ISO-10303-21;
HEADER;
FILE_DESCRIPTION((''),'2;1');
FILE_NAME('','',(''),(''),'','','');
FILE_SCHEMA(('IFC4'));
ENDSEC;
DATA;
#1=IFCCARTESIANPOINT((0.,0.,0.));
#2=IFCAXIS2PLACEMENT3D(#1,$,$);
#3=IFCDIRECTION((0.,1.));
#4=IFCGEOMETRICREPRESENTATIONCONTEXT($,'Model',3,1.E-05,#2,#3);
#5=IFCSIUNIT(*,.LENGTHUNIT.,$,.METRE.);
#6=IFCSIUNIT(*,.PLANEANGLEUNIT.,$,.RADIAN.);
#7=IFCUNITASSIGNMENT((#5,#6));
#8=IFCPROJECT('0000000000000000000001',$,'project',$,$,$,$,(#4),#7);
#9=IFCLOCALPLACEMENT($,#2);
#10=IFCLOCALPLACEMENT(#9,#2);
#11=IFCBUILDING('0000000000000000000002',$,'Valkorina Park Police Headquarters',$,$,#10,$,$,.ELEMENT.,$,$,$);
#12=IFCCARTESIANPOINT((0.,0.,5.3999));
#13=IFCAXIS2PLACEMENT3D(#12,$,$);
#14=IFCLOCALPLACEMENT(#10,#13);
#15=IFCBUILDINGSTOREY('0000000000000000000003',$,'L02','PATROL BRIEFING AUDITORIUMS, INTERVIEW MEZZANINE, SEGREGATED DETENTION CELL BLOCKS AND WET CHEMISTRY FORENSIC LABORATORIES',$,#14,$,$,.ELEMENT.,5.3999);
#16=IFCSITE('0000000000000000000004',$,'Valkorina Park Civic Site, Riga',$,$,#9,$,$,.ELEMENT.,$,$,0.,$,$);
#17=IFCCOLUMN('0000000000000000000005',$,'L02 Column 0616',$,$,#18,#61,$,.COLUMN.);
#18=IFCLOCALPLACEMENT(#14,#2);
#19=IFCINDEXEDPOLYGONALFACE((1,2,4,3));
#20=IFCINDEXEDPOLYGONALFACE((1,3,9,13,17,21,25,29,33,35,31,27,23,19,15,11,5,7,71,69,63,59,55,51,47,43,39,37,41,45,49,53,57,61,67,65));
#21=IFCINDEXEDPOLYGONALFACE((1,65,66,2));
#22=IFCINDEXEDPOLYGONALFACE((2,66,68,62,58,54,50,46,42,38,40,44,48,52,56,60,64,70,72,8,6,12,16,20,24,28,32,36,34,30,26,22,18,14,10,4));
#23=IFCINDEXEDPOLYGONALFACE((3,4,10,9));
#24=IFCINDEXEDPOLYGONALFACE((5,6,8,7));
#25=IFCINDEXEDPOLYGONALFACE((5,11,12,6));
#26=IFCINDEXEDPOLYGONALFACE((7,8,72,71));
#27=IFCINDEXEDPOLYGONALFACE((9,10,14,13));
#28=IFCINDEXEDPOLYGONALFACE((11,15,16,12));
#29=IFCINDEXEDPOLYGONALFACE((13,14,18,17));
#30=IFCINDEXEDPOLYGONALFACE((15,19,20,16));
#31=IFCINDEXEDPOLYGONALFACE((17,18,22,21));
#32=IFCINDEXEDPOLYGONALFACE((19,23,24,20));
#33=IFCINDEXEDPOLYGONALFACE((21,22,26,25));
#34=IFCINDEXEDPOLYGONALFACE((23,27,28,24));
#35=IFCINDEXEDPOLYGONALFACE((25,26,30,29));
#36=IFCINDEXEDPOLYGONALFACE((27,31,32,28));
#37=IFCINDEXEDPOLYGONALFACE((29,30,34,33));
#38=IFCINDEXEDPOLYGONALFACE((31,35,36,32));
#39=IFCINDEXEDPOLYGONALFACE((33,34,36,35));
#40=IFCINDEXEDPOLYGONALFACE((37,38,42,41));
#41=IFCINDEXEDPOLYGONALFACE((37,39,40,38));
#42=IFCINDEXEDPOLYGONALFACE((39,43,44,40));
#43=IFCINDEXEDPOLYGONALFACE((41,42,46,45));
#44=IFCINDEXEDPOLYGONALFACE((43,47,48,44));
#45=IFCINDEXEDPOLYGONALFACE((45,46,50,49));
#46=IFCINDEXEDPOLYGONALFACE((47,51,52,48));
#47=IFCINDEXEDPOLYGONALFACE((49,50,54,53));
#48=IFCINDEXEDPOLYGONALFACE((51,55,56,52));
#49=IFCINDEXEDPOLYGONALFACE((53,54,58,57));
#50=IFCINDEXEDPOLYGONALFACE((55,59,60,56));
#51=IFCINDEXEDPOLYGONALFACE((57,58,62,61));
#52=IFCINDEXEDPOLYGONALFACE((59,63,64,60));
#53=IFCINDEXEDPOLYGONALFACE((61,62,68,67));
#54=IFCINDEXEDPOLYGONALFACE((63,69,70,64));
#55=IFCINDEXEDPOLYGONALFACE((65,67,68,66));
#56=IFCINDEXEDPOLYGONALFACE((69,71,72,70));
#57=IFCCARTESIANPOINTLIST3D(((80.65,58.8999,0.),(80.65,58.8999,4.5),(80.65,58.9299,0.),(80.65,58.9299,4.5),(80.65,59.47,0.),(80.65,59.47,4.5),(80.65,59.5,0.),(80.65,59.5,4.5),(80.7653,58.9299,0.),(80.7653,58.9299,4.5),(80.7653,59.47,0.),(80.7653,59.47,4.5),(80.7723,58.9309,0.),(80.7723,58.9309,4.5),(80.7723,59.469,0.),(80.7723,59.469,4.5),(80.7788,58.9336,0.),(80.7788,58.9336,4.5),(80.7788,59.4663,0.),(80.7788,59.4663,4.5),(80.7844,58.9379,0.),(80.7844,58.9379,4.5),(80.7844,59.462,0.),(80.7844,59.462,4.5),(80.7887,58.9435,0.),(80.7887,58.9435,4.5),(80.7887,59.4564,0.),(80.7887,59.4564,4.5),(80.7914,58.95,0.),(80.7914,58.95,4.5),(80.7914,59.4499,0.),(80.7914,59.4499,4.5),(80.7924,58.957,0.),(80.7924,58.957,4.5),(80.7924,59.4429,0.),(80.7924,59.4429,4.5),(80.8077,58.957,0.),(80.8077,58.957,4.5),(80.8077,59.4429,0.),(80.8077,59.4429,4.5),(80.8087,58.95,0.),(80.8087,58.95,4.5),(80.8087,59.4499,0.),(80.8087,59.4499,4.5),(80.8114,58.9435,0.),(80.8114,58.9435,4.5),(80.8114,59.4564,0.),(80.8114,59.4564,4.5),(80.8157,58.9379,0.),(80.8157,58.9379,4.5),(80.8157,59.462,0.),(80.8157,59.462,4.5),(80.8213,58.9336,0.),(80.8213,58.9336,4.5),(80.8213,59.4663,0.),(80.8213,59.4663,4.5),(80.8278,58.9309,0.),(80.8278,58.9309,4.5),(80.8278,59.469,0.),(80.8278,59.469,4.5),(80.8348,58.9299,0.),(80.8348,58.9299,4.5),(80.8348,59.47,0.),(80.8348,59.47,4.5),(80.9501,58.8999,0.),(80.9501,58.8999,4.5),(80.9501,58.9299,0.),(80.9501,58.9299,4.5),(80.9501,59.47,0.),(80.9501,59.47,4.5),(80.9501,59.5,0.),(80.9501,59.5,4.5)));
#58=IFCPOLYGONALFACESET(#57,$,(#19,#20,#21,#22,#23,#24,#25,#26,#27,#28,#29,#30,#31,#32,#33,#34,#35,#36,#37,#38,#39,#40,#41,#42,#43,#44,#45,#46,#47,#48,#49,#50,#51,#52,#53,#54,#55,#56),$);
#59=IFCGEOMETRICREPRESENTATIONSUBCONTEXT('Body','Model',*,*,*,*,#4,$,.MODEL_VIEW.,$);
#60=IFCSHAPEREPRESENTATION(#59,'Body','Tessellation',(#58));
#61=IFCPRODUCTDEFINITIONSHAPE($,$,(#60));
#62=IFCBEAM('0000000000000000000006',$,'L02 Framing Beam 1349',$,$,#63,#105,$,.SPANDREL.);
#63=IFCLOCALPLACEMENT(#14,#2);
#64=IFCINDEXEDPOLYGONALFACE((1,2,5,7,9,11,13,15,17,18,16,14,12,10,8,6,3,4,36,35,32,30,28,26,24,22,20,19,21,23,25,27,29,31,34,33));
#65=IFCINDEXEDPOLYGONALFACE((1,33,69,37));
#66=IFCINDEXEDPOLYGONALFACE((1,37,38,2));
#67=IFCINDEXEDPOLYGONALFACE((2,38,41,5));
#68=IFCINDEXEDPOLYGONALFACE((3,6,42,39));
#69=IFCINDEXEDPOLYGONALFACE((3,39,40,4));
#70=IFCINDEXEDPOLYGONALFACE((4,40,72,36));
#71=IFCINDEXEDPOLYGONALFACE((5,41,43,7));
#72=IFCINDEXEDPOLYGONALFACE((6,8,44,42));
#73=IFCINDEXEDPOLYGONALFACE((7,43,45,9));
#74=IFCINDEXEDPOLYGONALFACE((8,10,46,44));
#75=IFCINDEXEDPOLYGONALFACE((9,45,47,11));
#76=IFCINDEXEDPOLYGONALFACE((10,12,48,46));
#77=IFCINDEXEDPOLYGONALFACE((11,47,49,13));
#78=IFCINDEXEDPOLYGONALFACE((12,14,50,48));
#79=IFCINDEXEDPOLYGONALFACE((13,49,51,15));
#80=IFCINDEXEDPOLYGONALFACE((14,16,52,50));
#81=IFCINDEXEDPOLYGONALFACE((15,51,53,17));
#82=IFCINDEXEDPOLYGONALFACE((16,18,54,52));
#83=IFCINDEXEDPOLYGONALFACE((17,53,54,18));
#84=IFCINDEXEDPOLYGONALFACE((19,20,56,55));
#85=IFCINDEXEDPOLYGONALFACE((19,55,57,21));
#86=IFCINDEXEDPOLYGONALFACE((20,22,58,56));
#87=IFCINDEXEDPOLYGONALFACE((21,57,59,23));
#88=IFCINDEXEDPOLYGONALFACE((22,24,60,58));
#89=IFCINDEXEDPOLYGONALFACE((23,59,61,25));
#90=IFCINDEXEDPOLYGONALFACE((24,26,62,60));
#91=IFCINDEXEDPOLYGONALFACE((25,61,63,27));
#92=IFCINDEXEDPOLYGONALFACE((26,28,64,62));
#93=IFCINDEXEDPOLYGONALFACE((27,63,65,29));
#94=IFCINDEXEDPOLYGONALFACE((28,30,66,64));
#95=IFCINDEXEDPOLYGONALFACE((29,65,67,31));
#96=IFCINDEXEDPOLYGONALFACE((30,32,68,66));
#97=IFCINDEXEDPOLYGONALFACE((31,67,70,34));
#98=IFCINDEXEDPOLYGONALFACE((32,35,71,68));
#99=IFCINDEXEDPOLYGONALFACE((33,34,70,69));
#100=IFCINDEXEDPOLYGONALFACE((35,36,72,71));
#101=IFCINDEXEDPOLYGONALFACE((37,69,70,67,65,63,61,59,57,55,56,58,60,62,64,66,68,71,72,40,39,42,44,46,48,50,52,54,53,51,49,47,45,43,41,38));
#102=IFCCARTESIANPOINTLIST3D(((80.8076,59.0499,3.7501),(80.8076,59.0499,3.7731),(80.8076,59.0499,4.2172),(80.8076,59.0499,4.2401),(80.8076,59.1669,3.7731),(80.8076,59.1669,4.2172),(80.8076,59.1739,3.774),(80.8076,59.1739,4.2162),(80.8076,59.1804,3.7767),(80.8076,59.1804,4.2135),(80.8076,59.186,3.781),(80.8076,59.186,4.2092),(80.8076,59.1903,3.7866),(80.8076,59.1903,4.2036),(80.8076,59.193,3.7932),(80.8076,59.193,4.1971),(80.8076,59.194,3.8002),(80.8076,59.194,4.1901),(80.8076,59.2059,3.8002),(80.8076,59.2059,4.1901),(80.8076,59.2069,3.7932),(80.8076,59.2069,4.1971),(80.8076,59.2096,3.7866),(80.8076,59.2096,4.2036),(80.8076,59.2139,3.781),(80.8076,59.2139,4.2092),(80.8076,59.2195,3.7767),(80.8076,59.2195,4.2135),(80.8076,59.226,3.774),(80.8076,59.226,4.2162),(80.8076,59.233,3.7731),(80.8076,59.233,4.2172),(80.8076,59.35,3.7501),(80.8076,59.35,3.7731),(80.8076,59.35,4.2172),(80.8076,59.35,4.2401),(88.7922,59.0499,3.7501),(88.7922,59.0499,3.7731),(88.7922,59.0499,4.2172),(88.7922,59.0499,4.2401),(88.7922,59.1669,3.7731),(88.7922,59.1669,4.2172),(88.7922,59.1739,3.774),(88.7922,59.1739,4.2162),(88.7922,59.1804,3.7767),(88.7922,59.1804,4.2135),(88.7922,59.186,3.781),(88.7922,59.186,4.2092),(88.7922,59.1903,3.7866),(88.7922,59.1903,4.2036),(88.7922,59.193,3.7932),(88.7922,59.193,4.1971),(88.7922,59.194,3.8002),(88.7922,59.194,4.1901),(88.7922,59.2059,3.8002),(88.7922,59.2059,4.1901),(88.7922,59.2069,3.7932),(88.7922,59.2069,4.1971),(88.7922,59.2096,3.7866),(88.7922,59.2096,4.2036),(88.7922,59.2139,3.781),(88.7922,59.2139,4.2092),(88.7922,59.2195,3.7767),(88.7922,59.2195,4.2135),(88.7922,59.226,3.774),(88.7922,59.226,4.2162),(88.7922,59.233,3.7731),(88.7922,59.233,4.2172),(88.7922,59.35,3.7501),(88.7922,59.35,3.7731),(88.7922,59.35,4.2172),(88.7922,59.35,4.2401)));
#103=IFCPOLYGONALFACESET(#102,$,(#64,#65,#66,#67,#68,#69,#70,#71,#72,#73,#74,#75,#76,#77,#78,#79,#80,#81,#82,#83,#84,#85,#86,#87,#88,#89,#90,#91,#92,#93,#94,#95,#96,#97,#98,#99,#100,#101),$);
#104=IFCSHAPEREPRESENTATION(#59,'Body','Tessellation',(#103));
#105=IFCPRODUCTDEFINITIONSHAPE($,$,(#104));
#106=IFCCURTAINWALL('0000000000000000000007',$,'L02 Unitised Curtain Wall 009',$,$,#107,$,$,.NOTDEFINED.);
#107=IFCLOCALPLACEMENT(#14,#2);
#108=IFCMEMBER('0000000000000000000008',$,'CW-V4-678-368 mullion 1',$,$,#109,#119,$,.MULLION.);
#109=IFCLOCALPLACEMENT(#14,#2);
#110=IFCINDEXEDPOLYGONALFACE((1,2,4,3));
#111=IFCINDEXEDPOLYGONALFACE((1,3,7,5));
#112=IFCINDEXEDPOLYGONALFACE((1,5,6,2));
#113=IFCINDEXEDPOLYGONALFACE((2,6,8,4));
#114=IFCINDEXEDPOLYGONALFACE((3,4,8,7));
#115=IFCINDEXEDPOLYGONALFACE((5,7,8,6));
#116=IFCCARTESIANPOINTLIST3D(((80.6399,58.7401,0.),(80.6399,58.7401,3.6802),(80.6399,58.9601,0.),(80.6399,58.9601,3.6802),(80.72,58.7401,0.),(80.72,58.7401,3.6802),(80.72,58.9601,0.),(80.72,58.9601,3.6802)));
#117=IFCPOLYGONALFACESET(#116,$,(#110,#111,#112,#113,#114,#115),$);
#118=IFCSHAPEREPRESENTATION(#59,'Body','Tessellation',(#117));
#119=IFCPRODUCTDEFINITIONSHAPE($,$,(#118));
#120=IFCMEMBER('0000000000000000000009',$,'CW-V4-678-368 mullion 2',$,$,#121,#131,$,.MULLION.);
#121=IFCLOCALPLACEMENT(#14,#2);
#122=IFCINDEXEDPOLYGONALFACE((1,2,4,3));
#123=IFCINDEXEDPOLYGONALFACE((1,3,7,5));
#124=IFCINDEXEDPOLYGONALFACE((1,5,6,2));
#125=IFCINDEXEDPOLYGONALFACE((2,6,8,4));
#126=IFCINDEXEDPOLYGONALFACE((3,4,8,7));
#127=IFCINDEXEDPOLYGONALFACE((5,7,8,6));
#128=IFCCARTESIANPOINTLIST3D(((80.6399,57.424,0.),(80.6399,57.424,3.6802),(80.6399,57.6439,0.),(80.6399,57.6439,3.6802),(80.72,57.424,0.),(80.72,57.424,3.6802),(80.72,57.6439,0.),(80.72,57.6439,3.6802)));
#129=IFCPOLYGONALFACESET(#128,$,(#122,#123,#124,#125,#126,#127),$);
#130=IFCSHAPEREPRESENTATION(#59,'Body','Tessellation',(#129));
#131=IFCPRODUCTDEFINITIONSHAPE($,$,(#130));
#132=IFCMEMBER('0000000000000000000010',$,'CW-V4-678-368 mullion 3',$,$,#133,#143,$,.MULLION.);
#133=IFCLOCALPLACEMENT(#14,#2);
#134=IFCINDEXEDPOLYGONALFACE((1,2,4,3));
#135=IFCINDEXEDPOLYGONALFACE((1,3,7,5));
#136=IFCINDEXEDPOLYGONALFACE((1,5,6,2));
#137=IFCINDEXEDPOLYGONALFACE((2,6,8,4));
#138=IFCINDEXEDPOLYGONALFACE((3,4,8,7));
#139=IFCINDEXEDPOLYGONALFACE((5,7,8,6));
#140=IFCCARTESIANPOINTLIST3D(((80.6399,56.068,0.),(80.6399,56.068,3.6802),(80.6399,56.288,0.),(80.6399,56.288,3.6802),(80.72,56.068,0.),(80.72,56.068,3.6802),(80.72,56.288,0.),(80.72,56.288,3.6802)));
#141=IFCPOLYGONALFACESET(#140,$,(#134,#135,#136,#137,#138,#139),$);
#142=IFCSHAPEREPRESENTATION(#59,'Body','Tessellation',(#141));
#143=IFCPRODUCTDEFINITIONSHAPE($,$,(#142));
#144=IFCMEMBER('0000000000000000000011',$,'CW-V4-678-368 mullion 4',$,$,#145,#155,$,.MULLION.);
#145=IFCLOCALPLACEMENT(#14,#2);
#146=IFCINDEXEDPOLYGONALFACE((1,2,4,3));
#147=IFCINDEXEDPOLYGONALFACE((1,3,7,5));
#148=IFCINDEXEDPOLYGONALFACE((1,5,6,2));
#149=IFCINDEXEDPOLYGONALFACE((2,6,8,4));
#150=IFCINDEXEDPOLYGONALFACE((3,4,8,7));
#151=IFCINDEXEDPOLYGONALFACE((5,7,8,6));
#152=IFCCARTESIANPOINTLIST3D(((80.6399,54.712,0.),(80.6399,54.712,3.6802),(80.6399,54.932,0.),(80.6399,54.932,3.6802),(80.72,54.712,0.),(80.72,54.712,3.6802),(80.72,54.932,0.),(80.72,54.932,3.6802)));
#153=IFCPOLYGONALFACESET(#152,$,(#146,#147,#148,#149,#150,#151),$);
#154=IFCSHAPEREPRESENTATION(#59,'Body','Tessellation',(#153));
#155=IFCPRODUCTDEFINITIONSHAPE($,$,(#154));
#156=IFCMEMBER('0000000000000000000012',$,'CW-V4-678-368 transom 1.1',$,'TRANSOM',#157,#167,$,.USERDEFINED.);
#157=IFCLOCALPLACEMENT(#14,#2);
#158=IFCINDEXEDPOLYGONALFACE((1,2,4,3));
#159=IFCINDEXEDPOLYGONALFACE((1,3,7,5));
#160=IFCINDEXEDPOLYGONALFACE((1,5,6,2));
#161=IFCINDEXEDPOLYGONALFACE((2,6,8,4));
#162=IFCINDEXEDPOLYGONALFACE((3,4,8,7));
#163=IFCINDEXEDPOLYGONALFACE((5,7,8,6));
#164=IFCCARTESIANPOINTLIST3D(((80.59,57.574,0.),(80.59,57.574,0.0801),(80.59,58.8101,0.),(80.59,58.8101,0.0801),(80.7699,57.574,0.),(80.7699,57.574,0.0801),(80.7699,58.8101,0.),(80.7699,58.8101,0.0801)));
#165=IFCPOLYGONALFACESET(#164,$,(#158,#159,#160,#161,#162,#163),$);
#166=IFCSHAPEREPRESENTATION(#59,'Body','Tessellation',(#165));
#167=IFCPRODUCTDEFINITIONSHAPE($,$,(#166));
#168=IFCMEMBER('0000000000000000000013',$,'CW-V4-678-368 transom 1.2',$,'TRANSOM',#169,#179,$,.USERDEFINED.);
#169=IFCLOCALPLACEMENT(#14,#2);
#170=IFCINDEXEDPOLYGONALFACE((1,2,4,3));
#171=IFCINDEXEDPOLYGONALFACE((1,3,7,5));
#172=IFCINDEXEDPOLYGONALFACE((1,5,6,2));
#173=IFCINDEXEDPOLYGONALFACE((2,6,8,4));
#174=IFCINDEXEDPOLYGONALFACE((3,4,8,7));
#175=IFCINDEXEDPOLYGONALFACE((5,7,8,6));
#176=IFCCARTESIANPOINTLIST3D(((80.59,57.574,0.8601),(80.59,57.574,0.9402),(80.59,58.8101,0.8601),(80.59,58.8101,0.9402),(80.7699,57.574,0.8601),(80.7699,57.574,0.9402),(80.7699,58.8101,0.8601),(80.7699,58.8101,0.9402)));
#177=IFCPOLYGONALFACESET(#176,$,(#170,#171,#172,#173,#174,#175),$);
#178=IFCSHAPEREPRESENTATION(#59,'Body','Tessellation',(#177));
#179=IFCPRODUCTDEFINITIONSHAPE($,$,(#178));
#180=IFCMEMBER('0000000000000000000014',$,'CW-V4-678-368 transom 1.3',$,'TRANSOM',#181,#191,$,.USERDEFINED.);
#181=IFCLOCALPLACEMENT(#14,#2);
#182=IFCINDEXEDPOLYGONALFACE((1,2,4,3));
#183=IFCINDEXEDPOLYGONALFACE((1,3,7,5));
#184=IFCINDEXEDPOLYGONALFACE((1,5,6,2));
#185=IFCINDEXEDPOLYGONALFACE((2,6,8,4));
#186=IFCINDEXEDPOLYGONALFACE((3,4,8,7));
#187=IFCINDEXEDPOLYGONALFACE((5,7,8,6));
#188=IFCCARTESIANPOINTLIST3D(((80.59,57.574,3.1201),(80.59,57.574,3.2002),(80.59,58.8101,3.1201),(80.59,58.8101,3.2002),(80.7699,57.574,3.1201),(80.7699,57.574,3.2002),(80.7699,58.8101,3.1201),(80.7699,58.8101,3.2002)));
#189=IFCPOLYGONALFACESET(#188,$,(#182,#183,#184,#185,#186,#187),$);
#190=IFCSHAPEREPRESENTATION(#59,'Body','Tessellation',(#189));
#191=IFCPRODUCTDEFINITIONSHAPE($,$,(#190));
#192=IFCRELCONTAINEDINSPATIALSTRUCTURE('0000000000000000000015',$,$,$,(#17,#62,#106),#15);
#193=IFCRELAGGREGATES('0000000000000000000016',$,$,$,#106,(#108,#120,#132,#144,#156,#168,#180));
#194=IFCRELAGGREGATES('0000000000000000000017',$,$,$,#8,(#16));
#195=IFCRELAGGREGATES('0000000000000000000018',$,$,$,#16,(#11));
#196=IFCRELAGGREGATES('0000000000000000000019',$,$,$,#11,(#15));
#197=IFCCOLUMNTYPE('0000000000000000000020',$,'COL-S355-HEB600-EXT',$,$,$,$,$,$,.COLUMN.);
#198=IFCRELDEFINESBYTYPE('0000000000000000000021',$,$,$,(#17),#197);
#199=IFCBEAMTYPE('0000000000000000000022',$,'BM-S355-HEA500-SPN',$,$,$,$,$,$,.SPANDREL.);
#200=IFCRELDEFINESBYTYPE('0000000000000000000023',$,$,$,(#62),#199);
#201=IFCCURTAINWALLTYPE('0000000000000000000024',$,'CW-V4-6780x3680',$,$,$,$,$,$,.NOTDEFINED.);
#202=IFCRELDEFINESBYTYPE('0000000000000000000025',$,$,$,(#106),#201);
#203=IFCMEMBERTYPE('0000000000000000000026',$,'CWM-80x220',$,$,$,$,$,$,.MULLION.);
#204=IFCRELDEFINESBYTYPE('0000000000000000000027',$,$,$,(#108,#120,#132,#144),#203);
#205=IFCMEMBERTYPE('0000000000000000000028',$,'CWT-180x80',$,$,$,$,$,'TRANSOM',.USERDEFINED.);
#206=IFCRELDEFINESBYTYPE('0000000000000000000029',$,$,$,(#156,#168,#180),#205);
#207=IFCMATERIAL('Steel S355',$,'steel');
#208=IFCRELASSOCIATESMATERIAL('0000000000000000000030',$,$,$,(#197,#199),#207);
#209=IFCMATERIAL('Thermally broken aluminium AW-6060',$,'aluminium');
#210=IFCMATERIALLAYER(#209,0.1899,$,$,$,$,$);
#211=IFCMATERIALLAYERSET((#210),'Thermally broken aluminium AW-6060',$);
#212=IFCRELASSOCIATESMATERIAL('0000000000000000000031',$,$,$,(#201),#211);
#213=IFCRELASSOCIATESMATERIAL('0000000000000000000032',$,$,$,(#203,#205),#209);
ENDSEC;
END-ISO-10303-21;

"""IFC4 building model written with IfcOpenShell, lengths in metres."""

from ifc_helpers import new_model, si_unit, direction, frame, origin, origin_2d, place, context, subcontext, project, spatial, rectangle, i_section, extrude, material, layer, layer_set, material_profile, profile_set, type_object, element, aggregate, save


model = new_model("IFC4")

# Units and contexts
model_context = context("Model", 3, precision=1e-05, world=origin(), true_north=direction((0.0, 1.0)))
body_context = subcontext(model_context, "Body", "Model", "MODEL_VIEW")
ifc_project = project(units=[si_unit("LENGTHUNIT", "METRE"), si_unit("PLANEANGLEUNIT", "RADIAN")], contexts=[model_context])

# Site, building, storey
site_placement = place(None, origin())
site = spatial("IfcSite", under=ifc_project, at=site_placement, Name="Valkorina Park Civic Site, Riga", CompositionType="ELEMENT", RefElevation=0.0)
building_placement = place(site_placement, origin())
building = spatial("IfcBuilding", under=site, at=building_placement, Name="Valkorina Park Police Headquarters", CompositionType="ELEMENT")
storey_placement = place(building_placement, frame((0.0, 0.0, 5.3999)))
storey = spatial("IfcBuildingStorey", under=building, at=storey_placement, Name="L02", Description="PATROL BRIEFING AUDITORIUMS, INTERVIEW MEZZANINE, SEGREGATED DETENTION CELL BLOCKS AND WET CHEMISTRY FORENSIC LABORATORIES", CompositionType="ELEMENT", Elevation=5.3999)

# Column
ifc_material_1 = material(Name="Steel S355", Category="steel")
ifc_material_profile_1 = material_profile(ifc_material_1, i_section(OverallWidth=0.3, OverallDepth=0.6001, WebThickness=0.0154, FlangeThickness=0.03, FilletRadius=0.0271, at=origin_2d()), Name="HEB 600")
ifc_profile_set_1 = profile_set([ifc_material_profile_1], Name="Steel S355")
column_type = type_object("IfcColumnType", Name="COL-S355-HEB600-EXT", PredefinedType="COLUMN", material=ifc_profile_set_1)
column_placement = place(storey_placement, frame((80.8, 59.2, 0.0), z_axis=(0.0, 0.0, 1.0), x_axis=(1.0, 0.0, 0.0)))
element("IfcColumn", 1, at=column_placement, inside=storey, type_object=column_type, Name="L02 Column 0616", PredefinedType="COLUMN", context=body_context, shape_type="SweptSolid", body=[
    extrude(i_section(OverallWidth=0.3, OverallDepth=0.6001, WebThickness=0.0154, FlangeThickness=0.03, FilletRadius=0.0271, at=origin_2d()), origin(), (0.0, 0.0, 1.0), 4.5),
])

# Beam
ifc_material_profile_2 = material_profile(ifc_material_1, i_section(OverallWidth=0.3, OverallDepth=0.49, WebThickness=0.012, FlangeThickness=0.0229, FilletRadius=0.0271, at=origin_2d()), Name="HEA 500")
ifc_profile_set_2 = profile_set([ifc_material_profile_2], Name="Steel S355")
beam_type = type_object("IfcBeamType", Name="BM-S355-HEA500-SPN", PredefinedType="SPANDREL", material=ifc_profile_set_2)
beam_placement = place(storey_placement, frame((80.8076, 59.2, 3.9951), z_axis=(1.0, 0.0, 0.0), x_axis=(0.0, 1.0, 0.0)))
element("IfcBeam", 2, at=beam_placement, inside=storey, type_object=beam_type, Name="L02 Framing Beam 1349", PredefinedType="SPANDREL", context=body_context, shape_type="SweptSolid", body=[
    extrude(i_section(OverallWidth=0.3, OverallDepth=0.49, WebThickness=0.012, FlangeThickness=0.0229, FilletRadius=0.0271, at=origin_2d()), origin(), (0.0, 0.0, 1.0), 7.9846),
])

# Curtain wall, members
ifc_material_2 = material(Name="Thermally broken aluminium AW-6060", Category="aluminium")
ifc_layer_1 = layer(ifc_material_2, 0.1899)
ifc_layer_set_1 = layer_set([ifc_layer_1], Name="Thermally broken aluminium AW-6060")
curtain_wall_type = type_object("IfcCurtainWallType", Name="CW-V4-6780x3680", PredefinedType="NOTDEFINED", material=ifc_layer_set_1)
curtain_wall_placement = place(storey_placement, origin())
curtain_wall = element("IfcCurtainWall", 3, at=curtain_wall_placement, inside=storey, type_object=curtain_wall_type, Name="L02 Unitised Curtain Wall 009", PredefinedType="NOTDEFINED")
ifc_material_profile_3 = material_profile(ifc_material_2, rectangle(XDim=0.0801, YDim=0.22, at=origin_2d()), Name="CWM-03 80x220")
ifc_profile_set_3 = profile_set([ifc_material_profile_3], Name="Thermally broken aluminium AW-6060")
member_type_1 = type_object("IfcMemberType", Name="CWM-80x220", PredefinedType="MULLION", material=ifc_profile_set_3)
member_1_placement = place(storey_placement, frame((80.6799, 58.8501, 0.0), z_axis=(0.0, 0.0, 1.0), x_axis=(1.0, 0.0, 0.0)))
member_1 = element("IfcMember", 4, at=member_1_placement, type_object=member_type_1, Name="CW-V4-678-368 mullion 1", PredefinedType="MULLION", context=body_context, shape_type="SweptSolid", body=[
    extrude(rectangle(XDim=0.0801, YDim=0.22, at=origin_2d()), origin(), (0.0, 0.0, 1.0), 3.6802),
])
member_2_placement = place(storey_placement, frame((80.6799, 57.5339, 0.0), z_axis=(0.0, 0.0, 1.0), x_axis=(1.0, 0.0, 0.0)))
member_2 = element("IfcMember", 5, at=member_2_placement, type_object=member_type_1, Name="CW-V4-678-368 mullion 2", PredefinedType="MULLION", context=body_context, shape_type="SweptSolid", body=[
    extrude(rectangle(XDim=0.0801, YDim=0.22, at=origin_2d()), origin(), (0.0, 0.0, 1.0), 3.6802),
])
member_3_placement = place(storey_placement, frame((80.6799, 56.178, 0.0), z_axis=(0.0, 0.0, 1.0), x_axis=(1.0, 0.0, 0.0)))
member_3 = element("IfcMember", 6, at=member_3_placement, type_object=member_type_1, Name="CW-V4-678-368 mullion 3", PredefinedType="MULLION", context=body_context, shape_type="SweptSolid", body=[
    extrude(rectangle(XDim=0.0801, YDim=0.22, at=origin_2d()), origin(), (0.0, 0.0, 1.0), 3.6802),
])
member_4_placement = place(storey_placement, frame((80.6799, 54.822, 0.0), z_axis=(0.0, 0.0, 1.0), x_axis=(1.0, 0.0, 0.0)))
member_4 = element("IfcMember", 7, at=member_4_placement, type_object=member_type_1, Name="CW-V4-678-368 mullion 4", PredefinedType="MULLION", context=body_context, shape_type="SweptSolid", body=[
    extrude(rectangle(XDim=0.0801, YDim=0.22, at=origin_2d()), origin(), (0.0, 0.0, 1.0), 3.6802),
])
ifc_material_profile_4 = material_profile(ifc_material_2, rectangle(XDim=0.1799, YDim=0.0801, at=origin_2d()), Name="CWT-03 180x80")
ifc_profile_set_4 = profile_set([ifc_material_profile_4], Name="Thermally broken aluminium AW-6060")
member_type_2 = type_object("IfcMemberType", Name="CWT-180x80", ElementType="TRANSOM", PredefinedType="USERDEFINED", material=ifc_profile_set_4)
member_5_placement = place(storey_placement, frame((80.6799, 58.8101, 0.04), z_axis=(0.0, -1.0, 0.0), x_axis=(1.0, 0.0, 0.0)))
member_5 = element("IfcMember", 8, at=member_5_placement, type_object=member_type_2, Name="CW-V4-678-368 transom 1.1", ObjectType="TRANSOM", PredefinedType="USERDEFINED", context=body_context, shape_type="SweptSolid", body=[
    extrude(rectangle(XDim=0.1799, YDim=0.0801, at=origin_2d()), origin(), (0.0, 0.0, 1.0), 1.2361),
])
member_6_placement = place(storey_placement, frame((80.6799, 58.8101, 0.9001), z_axis=(0.0, -1.0, 0.0), x_axis=(1.0, 0.0, 0.0)))
member_6 = element("IfcMember", 9, at=member_6_placement, type_object=member_type_2, Name="CW-V4-678-368 transom 1.2", ObjectType="TRANSOM", PredefinedType="USERDEFINED", context=body_context, shape_type="SweptSolid", body=[
    extrude(rectangle(XDim=0.1799, YDim=0.0801, at=origin_2d()), origin(), (0.0, 0.0, 1.0), 1.2361),
])
member_7_placement = place(storey_placement, frame((80.6799, 58.8101, 3.1602), z_axis=(0.0, -1.0, 0.0), x_axis=(1.0, 0.0, 0.0)))
member_7 = element("IfcMember", 10, at=member_7_placement, type_object=member_type_2, Name="CW-V4-678-368 transom 1.3", ObjectType="TRANSOM", PredefinedType="USERDEFINED", context=body_context, shape_type="SweptSolid", body=[
    extrude(rectangle(XDim=0.1799, YDim=0.0801, at=origin_2d()), origin(), (0.0, 0.0, 1.0), 1.2361),
])
aggregate(curtain_wall, [member_1, member_2, member_3, member_4, member_5, member_6, member_7])

save(model, "model.ifc")
